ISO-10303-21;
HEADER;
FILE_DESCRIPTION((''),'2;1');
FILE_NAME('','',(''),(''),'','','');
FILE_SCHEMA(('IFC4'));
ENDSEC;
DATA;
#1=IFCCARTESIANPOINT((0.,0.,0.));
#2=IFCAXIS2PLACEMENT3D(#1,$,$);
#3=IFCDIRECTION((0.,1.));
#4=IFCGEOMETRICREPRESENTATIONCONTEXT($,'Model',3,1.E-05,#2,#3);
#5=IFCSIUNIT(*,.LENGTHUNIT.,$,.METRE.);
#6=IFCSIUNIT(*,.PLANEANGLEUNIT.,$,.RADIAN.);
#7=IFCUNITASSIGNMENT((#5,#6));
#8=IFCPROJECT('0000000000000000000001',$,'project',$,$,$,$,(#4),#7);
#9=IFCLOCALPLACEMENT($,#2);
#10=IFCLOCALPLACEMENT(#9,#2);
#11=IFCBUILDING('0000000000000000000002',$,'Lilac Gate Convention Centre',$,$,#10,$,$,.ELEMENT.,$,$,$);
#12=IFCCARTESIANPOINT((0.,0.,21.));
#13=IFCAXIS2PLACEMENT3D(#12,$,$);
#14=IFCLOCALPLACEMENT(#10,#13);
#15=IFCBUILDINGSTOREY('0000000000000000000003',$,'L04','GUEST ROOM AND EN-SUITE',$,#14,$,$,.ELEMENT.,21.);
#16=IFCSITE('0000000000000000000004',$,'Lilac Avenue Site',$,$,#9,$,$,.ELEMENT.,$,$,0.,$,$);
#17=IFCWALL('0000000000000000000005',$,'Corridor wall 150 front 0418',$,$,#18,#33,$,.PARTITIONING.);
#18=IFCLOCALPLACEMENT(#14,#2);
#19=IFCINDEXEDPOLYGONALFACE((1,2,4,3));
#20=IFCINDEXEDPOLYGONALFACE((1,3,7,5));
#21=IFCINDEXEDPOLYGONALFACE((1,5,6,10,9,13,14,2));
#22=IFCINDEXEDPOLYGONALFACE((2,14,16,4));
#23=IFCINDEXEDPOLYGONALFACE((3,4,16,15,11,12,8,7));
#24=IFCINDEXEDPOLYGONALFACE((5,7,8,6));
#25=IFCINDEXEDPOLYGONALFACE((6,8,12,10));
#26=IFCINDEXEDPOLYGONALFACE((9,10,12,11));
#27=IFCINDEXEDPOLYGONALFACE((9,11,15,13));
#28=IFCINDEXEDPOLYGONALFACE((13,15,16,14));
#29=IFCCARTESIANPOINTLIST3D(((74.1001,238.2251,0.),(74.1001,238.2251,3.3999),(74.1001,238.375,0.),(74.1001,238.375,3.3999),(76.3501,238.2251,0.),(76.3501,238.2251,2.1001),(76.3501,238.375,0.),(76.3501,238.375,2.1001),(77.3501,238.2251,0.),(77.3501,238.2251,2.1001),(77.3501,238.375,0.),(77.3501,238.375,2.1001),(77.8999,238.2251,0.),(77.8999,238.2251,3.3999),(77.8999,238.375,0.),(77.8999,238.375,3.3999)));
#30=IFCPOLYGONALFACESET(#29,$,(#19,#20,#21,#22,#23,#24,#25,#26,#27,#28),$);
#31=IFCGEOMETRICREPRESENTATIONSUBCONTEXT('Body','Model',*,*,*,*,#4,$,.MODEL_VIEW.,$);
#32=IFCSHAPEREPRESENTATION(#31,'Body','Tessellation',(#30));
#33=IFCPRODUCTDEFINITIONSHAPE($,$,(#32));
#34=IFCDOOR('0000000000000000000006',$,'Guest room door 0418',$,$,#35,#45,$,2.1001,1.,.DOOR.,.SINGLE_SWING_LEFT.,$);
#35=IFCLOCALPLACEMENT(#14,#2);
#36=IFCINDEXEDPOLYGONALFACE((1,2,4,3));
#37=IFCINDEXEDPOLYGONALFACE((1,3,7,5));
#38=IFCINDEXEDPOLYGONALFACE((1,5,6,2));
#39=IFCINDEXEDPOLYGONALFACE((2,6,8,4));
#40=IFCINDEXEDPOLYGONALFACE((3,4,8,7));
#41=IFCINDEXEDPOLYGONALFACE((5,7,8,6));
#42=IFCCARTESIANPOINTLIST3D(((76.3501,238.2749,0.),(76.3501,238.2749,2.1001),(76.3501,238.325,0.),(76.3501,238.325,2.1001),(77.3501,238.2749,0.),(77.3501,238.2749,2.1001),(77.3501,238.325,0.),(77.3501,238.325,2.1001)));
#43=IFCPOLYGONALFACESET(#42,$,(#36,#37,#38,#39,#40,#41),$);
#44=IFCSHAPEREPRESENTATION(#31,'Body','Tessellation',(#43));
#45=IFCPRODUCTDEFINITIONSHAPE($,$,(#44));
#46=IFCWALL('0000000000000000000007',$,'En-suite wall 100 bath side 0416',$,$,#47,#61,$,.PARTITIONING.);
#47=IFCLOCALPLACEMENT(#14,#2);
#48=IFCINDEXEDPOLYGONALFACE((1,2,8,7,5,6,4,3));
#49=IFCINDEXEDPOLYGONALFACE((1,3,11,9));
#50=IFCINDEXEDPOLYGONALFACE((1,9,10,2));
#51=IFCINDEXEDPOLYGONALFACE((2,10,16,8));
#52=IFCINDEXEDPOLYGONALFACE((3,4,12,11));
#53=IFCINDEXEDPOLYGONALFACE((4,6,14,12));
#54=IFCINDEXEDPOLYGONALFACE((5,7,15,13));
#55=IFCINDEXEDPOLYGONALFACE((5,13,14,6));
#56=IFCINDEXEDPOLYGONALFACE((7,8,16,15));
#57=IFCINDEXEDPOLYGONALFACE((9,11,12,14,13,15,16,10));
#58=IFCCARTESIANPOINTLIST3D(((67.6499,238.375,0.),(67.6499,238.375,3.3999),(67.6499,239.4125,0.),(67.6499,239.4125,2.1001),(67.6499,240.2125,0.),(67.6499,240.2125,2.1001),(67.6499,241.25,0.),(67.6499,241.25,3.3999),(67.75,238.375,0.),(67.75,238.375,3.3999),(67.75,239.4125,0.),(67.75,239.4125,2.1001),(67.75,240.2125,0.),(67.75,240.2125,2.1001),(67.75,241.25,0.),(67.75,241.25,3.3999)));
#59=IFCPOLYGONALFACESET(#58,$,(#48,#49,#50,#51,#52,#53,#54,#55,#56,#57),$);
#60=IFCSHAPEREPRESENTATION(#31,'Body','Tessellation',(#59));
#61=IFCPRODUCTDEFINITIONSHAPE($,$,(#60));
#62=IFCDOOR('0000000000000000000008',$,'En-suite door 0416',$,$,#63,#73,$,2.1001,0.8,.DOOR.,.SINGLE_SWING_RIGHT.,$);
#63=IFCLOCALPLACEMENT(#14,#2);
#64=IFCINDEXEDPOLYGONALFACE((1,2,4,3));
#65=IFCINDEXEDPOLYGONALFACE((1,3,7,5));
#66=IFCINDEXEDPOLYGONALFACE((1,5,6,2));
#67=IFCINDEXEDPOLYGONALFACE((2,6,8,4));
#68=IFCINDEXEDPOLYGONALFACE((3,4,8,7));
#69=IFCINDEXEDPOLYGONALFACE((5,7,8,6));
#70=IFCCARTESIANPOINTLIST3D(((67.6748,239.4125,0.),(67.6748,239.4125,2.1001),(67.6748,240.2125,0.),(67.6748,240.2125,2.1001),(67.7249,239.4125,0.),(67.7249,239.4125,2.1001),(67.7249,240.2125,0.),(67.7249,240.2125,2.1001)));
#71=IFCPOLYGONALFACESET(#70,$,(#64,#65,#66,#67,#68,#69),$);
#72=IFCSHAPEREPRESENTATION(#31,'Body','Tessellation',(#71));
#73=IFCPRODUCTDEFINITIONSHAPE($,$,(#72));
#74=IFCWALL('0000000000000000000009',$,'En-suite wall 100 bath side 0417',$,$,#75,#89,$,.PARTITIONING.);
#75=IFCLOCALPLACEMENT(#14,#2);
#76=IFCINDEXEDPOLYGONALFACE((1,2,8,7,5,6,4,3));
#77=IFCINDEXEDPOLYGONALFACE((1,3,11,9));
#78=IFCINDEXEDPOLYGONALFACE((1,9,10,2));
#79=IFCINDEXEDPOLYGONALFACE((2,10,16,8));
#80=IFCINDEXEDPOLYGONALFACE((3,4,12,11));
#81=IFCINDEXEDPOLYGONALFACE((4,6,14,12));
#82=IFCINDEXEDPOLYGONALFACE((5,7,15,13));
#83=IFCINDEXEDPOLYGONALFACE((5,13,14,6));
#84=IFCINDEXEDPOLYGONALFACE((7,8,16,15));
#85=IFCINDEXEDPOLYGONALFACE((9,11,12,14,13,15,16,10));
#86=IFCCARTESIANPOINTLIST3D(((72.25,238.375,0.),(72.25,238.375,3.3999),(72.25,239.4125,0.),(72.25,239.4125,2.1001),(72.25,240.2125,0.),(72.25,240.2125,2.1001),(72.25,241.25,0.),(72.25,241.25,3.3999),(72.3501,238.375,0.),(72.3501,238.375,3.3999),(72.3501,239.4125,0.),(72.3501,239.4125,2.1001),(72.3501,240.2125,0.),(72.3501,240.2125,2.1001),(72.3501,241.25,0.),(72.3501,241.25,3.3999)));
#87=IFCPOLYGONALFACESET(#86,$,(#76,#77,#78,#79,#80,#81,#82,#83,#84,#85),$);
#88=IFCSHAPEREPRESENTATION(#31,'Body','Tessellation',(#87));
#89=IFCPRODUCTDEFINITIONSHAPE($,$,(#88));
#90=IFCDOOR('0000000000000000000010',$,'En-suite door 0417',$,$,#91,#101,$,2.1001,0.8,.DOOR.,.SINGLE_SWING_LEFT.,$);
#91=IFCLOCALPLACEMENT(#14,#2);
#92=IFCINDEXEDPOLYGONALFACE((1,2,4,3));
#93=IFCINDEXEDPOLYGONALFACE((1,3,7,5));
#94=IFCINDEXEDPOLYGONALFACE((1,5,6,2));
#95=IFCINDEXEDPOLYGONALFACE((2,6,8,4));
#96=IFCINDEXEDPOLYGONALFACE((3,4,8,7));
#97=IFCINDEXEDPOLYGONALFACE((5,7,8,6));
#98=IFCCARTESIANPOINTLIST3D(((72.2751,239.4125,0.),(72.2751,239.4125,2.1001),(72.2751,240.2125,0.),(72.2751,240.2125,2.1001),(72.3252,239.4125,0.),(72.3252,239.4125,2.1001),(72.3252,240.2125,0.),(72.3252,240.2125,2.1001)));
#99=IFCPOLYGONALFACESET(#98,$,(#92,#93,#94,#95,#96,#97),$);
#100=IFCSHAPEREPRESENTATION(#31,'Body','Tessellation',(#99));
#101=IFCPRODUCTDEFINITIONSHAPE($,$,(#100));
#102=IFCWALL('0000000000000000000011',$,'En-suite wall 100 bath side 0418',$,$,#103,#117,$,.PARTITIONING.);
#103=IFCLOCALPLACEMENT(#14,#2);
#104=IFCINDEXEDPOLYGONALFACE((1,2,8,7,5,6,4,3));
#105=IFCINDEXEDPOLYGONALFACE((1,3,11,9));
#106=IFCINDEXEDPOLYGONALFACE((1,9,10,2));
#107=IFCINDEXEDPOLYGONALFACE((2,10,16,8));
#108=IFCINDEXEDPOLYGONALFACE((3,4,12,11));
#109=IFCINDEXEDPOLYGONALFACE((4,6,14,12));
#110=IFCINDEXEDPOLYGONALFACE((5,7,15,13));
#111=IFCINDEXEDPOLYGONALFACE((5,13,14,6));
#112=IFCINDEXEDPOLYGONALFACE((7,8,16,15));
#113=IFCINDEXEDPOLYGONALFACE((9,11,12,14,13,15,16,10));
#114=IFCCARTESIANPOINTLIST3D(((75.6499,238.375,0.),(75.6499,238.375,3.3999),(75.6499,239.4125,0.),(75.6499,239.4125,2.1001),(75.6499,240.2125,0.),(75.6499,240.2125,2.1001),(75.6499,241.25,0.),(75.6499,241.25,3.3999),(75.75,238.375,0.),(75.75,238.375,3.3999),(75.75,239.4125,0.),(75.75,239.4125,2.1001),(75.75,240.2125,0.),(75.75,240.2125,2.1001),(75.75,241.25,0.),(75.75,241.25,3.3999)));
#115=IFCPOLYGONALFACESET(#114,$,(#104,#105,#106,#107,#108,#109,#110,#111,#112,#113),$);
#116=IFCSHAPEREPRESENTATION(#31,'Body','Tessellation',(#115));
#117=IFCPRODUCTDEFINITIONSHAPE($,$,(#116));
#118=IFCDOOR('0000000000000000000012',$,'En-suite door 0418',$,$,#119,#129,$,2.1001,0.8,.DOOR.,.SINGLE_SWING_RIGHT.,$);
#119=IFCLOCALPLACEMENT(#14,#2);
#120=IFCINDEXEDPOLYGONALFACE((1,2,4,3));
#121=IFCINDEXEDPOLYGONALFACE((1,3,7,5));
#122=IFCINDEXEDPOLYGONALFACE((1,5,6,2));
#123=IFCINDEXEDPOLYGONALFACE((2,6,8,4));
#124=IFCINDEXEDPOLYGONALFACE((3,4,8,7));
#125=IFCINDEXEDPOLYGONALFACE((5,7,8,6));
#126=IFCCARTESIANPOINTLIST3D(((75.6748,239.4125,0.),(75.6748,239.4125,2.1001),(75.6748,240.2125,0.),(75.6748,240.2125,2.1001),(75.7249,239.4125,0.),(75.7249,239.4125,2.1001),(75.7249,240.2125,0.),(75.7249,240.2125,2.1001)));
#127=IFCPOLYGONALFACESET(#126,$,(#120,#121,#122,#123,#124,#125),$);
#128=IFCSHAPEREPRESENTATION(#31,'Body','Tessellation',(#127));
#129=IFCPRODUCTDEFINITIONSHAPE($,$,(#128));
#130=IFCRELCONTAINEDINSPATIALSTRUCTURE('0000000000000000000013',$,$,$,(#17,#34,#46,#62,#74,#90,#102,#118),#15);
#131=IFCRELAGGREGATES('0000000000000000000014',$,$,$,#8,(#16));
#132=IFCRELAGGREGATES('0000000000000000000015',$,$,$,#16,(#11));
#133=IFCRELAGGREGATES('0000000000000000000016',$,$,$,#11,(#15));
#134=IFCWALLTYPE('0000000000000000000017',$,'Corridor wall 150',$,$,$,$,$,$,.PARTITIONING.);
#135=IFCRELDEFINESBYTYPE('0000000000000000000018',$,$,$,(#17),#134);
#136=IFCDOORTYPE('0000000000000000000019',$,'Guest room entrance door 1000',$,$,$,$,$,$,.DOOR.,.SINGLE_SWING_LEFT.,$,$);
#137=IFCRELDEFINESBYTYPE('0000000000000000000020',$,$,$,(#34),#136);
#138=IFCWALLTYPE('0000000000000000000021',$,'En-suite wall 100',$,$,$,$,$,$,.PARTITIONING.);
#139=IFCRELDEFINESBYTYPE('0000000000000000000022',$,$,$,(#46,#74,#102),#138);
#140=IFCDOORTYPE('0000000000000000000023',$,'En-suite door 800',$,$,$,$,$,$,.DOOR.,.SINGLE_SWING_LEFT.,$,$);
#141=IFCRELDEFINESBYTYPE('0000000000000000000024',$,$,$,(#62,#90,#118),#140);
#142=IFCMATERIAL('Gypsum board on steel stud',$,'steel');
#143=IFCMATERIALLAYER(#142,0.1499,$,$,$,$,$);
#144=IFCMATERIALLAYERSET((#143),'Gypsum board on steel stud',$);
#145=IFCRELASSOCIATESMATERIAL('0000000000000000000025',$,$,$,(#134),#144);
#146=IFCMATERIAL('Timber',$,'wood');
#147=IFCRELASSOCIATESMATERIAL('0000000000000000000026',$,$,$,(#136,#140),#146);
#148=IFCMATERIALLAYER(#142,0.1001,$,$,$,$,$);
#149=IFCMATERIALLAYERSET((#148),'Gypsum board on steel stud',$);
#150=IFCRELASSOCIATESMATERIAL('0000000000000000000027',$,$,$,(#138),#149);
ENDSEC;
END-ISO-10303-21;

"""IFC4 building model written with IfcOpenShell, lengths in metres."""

from ifc_helpers import new_model, si_unit, direction, frame, frame_2d, origin, place, context, subcontext, project, spatial, rectangle, extrude, material, layer, layer_set, type_object, element, fill, save


model = new_model("IFC4")

# Units and contexts
model_context = context("Model", 3, precision=1e-05, world=origin(), true_north=direction((0.0, 1.0)))
body_context = subcontext(model_context, "Body", "Model", "MODEL_VIEW")
ifc_project = project(units=[si_unit("LENGTHUNIT", "METRE"), si_unit("PLANEANGLEUNIT", "RADIAN")], contexts=[model_context])

# Site, building, storey
site_placement = place(None, origin())
site = spatial("IfcSite", under=ifc_project, at=site_placement, Name="Lilac Avenue Site", CompositionType="ELEMENT", RefElevation=0.0)
building_placement = place(site_placement, origin())
building = spatial("IfcBuilding", under=site, at=building_placement, Name="Lilac Gate Convention Centre", CompositionType="ELEMENT")
storey_placement = place(building_placement, frame((0.0, 0.0, 21.0)))
storey = spatial("IfcBuildingStorey", under=building, at=storey_placement, Name="L04", Description="GUEST ROOM AND EN-SUITE", CompositionType="ELEMENT", Elevation=21.0)

# Walls, openings, doors
ifc_material_1 = material(Name="Gypsum board on steel stud", Category="steel")
ifc_layer_1 = layer(ifc_material_1, 0.1499)
ifc_layer_set_1 = layer_set([ifc_layer_1], Name="Gypsum board on steel stud")
wall_type_1 = type_object("IfcWallType", Name="Corridor wall 150", PredefinedType="PARTITIONING", material=ifc_layer_set_1)
ifc_material_2 = material(Name="Timber", Category="wood")
door_type_1 = type_object("IfcDoorType", Name="Guest room entrance door 1000", OperationType="SINGLE_SWING_LEFT", PredefinedType="DOOR", material=ifc_material_2)
wall_1_placement = place(storey_placement, frame((74.1001, 238.3, 0.0), z_axis=(0.0, 0.0, 1.0), x_axis=(1.0, 0.0, 0.0)))
wall_1 = element("IfcWall", 1, at=wall_1_placement, inside=storey, type_object=wall_type_1, Name="Corridor wall 150 front 0418", PredefinedType="PARTITIONING", context=body_context, shape_type="SweptSolid", body=[
    extrude(rectangle(XDim=3.7998, YDim=0.1499, at=frame_2d((1.8999, 0.0))), origin(), (0.0, 0.0, 1.0), 3.3999),
])
opening_1_placement = place(wall_1_placement, frame((2.25, 0.0, 0.0)))
opening_1 = element("IfcOpeningElement", 2, at=opening_1_placement, cuts=wall_1, PredefinedType="OPENING", context=body_context, shape_type="SweptSolid", body=[
    extrude(rectangle(XDim=1.0, YDim=2.1001, at=frame_2d((0.5, 1.05))), frame((0.0, 0.085, 0.0), z_axis=(0.0, -1.0, 0.0), x_axis=(1.0, 0.0, 0.0)), (0.0, 0.0, 1.0), 0.1699),
])
door_1_placement = place(opening_1_placement, origin())
door_1 = element("IfcDoor", 3, at=door_1_placement, inside=storey, type_object=door_type_1, Name="Guest room door 0418", OperationType="SINGLE_SWING_LEFT", OverallHeight=2.1001, OverallWidth=1.0, PredefinedType="DOOR", context=body_context, shape_type="SweptSolid", body=[
    extrude(rectangle(XDim=1.0, YDim=2.1001, at=frame_2d((0.5, 1.05))), frame((0.0, 0.0249, 0.0), z_axis=(0.0, -1.0, 0.0), x_axis=(1.0, 0.0, 0.0)), (0.0, 0.0, 1.0), 0.05),
])
fill(opening_1, door_1)
ifc_layer_2 = layer(ifc_material_1, 0.1001)
ifc_layer_set_2 = layer_set([ifc_layer_2], Name="Gypsum board on steel stud")
wall_type_2 = type_object("IfcWallType", Name="En-suite wall 100", PredefinedType="PARTITIONING", material=ifc_layer_set_2)
wall_2_placement = place(storey_placement, frame((67.7, 241.25, 0.0), z_axis=(0.0, 0.0, 1.0), x_axis=(0.0, -1.0, 0.0)))
wall_2 = element("IfcWall", 4, at=wall_2_placement, inside=storey, type_object=wall_type_2, Name="En-suite wall 100 bath side 0416", PredefinedType="PARTITIONING", context=body_context, shape_type="SweptSolid", body=[
    extrude(rectangle(XDim=2.875, YDim=0.1001, at=frame_2d((1.4375, 0.0))), origin(), (0.0, 0.0, 1.0), 3.3999),
])
opening_2_placement = place(wall_2_placement, frame((1.0376, 0.0, 0.0)))
opening_2 = element("IfcOpeningElement", 5, at=opening_2_placement, cuts=wall_2, PredefinedType="OPENING", context=body_context, shape_type="SweptSolid", body=[
    extrude(rectangle(XDim=0.8, YDim=2.1001, at=frame_2d((0.3999, 1.05))), frame((0.0, 0.0601, 0.0), z_axis=(0.0, -1.0, 0.0), x_axis=(1.0, 0.0, 0.0)), (0.0, 0.0, 1.0), 0.1201),
])
door_type_2 = type_object("IfcDoorType", Name="En-suite door 800", OperationType="SINGLE_SWING_LEFT", PredefinedType="DOOR", material=ifc_material_2)
door_2_placement = place(opening_2_placement, origin())
door_2 = element("IfcDoor", 6, at=door_2_placement, inside=storey, type_object=door_type_2, Name="En-suite door 0416", OperationType="SINGLE_SWING_RIGHT", OverallHeight=2.1001, OverallWidth=0.8, PredefinedType="DOOR", context=body_context, shape_type="SweptSolid", body=[
    extrude(rectangle(XDim=0.8, YDim=2.1001, at=frame_2d((0.3999, 1.05))), frame((0.0, 0.0249, 0.0), z_axis=(0.0, -1.0, 0.0), x_axis=(1.0, 0.0, 0.0)), (0.0, 0.0, 1.0), 0.05),
])
fill(opening_2, door_2)
wall_3_placement = place(storey_placement, frame((72.3, 238.375, 0.0), z_axis=(0.0, 0.0, 1.0), x_axis=(0.0, 1.0, 0.0)))
wall_3 = element("IfcWall", 7, at=wall_3_placement, inside=storey, type_object=wall_type_2, Name="En-suite wall 100 bath side 0417", PredefinedType="PARTITIONING", context=body_context, shape_type="SweptSolid", body=[
    extrude(rectangle(XDim=2.875, YDim=0.1001, at=frame_2d((1.4375, 0.0))), origin(), (0.0, 0.0, 1.0), 3.3999),
])
opening_3_placement = place(wall_3_placement, frame((1.0376, 0.0, 0.0)))
opening_3 = element("IfcOpeningElement", 8, at=opening_3_placement, cuts=wall_3, PredefinedType="OPENING", context=body_context, shape_type="SweptSolid", body=[
    extrude(rectangle(XDim=0.8, YDim=2.1001, at=frame_2d((0.3999, 1.05))), frame((0.0, 0.0601, 0.0), z_axis=(0.0, -1.0, 0.0), x_axis=(1.0, 0.0, 0.0)), (0.0, 0.0, 1.0), 0.1201),
])
door_3_placement = place(opening_3_placement, origin())
door_3 = element("IfcDoor", 9, at=door_3_placement, inside=storey, type_object=door_type_2, Name="En-suite door 0417", OperationType="SINGLE_SWING_LEFT", OverallHeight=2.1001, OverallWidth=0.8, PredefinedType="DOOR", context=body_context, shape_type="SweptSolid", body=[
    extrude(rectangle(XDim=0.8, YDim=2.1001, at=frame_2d((0.3999, 1.05))), frame((0.0, 0.0249, 0.0), z_axis=(0.0, -1.0, 0.0), x_axis=(1.0, 0.0, 0.0)), (0.0, 0.0, 1.0), 0.05),
])
fill(opening_3, door_3)
wall_4_placement = place(storey_placement, frame((75.7, 241.25, 0.0), z_axis=(0.0, 0.0, 1.0), x_axis=(0.0, -1.0, 0.0)))
wall_4 = element("IfcWall", 10, at=wall_4_placement, inside=storey, type_object=wall_type_2, Name="En-suite wall 100 bath side 0418", PredefinedType="PARTITIONING", context=body_context, shape_type="SweptSolid", body=[
    extrude(rectangle(XDim=2.875, YDim=0.1001, at=frame_2d((1.4375, 0.0))), origin(), (0.0, 0.0, 1.0), 3.3999),
])
opening_4_placement = place(wall_4_placement, frame((1.0376, 0.0, 0.0)))
opening_4 = element("IfcOpeningElement", 11, at=opening_4_placement, cuts=wall_4, PredefinedType="OPENING", context=body_context, shape_type="SweptSolid", body=[
    extrude(rectangle(XDim=0.8, YDim=2.1001, at=frame_2d((0.3999, 1.05))), frame((0.0, 0.0601, 0.0), z_axis=(0.0, -1.0, 0.0), x_axis=(1.0, 0.0, 0.0)), (0.0, 0.0, 1.0), 0.1201),
])
door_4_placement = place(opening_4_placement, origin())
door_4 = element("IfcDoor", 12, at=door_4_placement, inside=storey, type_object=door_type_2, Name="En-suite door 0418", OperationType="SINGLE_SWING_RIGHT", OverallHeight=2.1001, OverallWidth=0.8, PredefinedType="DOOR", context=body_context, shape_type="SweptSolid", body=[
    extrude(rectangle(XDim=0.8, YDim=2.1001, at=frame_2d((0.3999, 1.05))), frame((0.0, 0.0249, 0.0), z_axis=(0.0, -1.0, 0.0), x_axis=(1.0, 0.0, 0.0)), (0.0, 0.0, 1.0), 0.05),
])
fill(opening_4, door_4)

save(model, "model.ifc")
